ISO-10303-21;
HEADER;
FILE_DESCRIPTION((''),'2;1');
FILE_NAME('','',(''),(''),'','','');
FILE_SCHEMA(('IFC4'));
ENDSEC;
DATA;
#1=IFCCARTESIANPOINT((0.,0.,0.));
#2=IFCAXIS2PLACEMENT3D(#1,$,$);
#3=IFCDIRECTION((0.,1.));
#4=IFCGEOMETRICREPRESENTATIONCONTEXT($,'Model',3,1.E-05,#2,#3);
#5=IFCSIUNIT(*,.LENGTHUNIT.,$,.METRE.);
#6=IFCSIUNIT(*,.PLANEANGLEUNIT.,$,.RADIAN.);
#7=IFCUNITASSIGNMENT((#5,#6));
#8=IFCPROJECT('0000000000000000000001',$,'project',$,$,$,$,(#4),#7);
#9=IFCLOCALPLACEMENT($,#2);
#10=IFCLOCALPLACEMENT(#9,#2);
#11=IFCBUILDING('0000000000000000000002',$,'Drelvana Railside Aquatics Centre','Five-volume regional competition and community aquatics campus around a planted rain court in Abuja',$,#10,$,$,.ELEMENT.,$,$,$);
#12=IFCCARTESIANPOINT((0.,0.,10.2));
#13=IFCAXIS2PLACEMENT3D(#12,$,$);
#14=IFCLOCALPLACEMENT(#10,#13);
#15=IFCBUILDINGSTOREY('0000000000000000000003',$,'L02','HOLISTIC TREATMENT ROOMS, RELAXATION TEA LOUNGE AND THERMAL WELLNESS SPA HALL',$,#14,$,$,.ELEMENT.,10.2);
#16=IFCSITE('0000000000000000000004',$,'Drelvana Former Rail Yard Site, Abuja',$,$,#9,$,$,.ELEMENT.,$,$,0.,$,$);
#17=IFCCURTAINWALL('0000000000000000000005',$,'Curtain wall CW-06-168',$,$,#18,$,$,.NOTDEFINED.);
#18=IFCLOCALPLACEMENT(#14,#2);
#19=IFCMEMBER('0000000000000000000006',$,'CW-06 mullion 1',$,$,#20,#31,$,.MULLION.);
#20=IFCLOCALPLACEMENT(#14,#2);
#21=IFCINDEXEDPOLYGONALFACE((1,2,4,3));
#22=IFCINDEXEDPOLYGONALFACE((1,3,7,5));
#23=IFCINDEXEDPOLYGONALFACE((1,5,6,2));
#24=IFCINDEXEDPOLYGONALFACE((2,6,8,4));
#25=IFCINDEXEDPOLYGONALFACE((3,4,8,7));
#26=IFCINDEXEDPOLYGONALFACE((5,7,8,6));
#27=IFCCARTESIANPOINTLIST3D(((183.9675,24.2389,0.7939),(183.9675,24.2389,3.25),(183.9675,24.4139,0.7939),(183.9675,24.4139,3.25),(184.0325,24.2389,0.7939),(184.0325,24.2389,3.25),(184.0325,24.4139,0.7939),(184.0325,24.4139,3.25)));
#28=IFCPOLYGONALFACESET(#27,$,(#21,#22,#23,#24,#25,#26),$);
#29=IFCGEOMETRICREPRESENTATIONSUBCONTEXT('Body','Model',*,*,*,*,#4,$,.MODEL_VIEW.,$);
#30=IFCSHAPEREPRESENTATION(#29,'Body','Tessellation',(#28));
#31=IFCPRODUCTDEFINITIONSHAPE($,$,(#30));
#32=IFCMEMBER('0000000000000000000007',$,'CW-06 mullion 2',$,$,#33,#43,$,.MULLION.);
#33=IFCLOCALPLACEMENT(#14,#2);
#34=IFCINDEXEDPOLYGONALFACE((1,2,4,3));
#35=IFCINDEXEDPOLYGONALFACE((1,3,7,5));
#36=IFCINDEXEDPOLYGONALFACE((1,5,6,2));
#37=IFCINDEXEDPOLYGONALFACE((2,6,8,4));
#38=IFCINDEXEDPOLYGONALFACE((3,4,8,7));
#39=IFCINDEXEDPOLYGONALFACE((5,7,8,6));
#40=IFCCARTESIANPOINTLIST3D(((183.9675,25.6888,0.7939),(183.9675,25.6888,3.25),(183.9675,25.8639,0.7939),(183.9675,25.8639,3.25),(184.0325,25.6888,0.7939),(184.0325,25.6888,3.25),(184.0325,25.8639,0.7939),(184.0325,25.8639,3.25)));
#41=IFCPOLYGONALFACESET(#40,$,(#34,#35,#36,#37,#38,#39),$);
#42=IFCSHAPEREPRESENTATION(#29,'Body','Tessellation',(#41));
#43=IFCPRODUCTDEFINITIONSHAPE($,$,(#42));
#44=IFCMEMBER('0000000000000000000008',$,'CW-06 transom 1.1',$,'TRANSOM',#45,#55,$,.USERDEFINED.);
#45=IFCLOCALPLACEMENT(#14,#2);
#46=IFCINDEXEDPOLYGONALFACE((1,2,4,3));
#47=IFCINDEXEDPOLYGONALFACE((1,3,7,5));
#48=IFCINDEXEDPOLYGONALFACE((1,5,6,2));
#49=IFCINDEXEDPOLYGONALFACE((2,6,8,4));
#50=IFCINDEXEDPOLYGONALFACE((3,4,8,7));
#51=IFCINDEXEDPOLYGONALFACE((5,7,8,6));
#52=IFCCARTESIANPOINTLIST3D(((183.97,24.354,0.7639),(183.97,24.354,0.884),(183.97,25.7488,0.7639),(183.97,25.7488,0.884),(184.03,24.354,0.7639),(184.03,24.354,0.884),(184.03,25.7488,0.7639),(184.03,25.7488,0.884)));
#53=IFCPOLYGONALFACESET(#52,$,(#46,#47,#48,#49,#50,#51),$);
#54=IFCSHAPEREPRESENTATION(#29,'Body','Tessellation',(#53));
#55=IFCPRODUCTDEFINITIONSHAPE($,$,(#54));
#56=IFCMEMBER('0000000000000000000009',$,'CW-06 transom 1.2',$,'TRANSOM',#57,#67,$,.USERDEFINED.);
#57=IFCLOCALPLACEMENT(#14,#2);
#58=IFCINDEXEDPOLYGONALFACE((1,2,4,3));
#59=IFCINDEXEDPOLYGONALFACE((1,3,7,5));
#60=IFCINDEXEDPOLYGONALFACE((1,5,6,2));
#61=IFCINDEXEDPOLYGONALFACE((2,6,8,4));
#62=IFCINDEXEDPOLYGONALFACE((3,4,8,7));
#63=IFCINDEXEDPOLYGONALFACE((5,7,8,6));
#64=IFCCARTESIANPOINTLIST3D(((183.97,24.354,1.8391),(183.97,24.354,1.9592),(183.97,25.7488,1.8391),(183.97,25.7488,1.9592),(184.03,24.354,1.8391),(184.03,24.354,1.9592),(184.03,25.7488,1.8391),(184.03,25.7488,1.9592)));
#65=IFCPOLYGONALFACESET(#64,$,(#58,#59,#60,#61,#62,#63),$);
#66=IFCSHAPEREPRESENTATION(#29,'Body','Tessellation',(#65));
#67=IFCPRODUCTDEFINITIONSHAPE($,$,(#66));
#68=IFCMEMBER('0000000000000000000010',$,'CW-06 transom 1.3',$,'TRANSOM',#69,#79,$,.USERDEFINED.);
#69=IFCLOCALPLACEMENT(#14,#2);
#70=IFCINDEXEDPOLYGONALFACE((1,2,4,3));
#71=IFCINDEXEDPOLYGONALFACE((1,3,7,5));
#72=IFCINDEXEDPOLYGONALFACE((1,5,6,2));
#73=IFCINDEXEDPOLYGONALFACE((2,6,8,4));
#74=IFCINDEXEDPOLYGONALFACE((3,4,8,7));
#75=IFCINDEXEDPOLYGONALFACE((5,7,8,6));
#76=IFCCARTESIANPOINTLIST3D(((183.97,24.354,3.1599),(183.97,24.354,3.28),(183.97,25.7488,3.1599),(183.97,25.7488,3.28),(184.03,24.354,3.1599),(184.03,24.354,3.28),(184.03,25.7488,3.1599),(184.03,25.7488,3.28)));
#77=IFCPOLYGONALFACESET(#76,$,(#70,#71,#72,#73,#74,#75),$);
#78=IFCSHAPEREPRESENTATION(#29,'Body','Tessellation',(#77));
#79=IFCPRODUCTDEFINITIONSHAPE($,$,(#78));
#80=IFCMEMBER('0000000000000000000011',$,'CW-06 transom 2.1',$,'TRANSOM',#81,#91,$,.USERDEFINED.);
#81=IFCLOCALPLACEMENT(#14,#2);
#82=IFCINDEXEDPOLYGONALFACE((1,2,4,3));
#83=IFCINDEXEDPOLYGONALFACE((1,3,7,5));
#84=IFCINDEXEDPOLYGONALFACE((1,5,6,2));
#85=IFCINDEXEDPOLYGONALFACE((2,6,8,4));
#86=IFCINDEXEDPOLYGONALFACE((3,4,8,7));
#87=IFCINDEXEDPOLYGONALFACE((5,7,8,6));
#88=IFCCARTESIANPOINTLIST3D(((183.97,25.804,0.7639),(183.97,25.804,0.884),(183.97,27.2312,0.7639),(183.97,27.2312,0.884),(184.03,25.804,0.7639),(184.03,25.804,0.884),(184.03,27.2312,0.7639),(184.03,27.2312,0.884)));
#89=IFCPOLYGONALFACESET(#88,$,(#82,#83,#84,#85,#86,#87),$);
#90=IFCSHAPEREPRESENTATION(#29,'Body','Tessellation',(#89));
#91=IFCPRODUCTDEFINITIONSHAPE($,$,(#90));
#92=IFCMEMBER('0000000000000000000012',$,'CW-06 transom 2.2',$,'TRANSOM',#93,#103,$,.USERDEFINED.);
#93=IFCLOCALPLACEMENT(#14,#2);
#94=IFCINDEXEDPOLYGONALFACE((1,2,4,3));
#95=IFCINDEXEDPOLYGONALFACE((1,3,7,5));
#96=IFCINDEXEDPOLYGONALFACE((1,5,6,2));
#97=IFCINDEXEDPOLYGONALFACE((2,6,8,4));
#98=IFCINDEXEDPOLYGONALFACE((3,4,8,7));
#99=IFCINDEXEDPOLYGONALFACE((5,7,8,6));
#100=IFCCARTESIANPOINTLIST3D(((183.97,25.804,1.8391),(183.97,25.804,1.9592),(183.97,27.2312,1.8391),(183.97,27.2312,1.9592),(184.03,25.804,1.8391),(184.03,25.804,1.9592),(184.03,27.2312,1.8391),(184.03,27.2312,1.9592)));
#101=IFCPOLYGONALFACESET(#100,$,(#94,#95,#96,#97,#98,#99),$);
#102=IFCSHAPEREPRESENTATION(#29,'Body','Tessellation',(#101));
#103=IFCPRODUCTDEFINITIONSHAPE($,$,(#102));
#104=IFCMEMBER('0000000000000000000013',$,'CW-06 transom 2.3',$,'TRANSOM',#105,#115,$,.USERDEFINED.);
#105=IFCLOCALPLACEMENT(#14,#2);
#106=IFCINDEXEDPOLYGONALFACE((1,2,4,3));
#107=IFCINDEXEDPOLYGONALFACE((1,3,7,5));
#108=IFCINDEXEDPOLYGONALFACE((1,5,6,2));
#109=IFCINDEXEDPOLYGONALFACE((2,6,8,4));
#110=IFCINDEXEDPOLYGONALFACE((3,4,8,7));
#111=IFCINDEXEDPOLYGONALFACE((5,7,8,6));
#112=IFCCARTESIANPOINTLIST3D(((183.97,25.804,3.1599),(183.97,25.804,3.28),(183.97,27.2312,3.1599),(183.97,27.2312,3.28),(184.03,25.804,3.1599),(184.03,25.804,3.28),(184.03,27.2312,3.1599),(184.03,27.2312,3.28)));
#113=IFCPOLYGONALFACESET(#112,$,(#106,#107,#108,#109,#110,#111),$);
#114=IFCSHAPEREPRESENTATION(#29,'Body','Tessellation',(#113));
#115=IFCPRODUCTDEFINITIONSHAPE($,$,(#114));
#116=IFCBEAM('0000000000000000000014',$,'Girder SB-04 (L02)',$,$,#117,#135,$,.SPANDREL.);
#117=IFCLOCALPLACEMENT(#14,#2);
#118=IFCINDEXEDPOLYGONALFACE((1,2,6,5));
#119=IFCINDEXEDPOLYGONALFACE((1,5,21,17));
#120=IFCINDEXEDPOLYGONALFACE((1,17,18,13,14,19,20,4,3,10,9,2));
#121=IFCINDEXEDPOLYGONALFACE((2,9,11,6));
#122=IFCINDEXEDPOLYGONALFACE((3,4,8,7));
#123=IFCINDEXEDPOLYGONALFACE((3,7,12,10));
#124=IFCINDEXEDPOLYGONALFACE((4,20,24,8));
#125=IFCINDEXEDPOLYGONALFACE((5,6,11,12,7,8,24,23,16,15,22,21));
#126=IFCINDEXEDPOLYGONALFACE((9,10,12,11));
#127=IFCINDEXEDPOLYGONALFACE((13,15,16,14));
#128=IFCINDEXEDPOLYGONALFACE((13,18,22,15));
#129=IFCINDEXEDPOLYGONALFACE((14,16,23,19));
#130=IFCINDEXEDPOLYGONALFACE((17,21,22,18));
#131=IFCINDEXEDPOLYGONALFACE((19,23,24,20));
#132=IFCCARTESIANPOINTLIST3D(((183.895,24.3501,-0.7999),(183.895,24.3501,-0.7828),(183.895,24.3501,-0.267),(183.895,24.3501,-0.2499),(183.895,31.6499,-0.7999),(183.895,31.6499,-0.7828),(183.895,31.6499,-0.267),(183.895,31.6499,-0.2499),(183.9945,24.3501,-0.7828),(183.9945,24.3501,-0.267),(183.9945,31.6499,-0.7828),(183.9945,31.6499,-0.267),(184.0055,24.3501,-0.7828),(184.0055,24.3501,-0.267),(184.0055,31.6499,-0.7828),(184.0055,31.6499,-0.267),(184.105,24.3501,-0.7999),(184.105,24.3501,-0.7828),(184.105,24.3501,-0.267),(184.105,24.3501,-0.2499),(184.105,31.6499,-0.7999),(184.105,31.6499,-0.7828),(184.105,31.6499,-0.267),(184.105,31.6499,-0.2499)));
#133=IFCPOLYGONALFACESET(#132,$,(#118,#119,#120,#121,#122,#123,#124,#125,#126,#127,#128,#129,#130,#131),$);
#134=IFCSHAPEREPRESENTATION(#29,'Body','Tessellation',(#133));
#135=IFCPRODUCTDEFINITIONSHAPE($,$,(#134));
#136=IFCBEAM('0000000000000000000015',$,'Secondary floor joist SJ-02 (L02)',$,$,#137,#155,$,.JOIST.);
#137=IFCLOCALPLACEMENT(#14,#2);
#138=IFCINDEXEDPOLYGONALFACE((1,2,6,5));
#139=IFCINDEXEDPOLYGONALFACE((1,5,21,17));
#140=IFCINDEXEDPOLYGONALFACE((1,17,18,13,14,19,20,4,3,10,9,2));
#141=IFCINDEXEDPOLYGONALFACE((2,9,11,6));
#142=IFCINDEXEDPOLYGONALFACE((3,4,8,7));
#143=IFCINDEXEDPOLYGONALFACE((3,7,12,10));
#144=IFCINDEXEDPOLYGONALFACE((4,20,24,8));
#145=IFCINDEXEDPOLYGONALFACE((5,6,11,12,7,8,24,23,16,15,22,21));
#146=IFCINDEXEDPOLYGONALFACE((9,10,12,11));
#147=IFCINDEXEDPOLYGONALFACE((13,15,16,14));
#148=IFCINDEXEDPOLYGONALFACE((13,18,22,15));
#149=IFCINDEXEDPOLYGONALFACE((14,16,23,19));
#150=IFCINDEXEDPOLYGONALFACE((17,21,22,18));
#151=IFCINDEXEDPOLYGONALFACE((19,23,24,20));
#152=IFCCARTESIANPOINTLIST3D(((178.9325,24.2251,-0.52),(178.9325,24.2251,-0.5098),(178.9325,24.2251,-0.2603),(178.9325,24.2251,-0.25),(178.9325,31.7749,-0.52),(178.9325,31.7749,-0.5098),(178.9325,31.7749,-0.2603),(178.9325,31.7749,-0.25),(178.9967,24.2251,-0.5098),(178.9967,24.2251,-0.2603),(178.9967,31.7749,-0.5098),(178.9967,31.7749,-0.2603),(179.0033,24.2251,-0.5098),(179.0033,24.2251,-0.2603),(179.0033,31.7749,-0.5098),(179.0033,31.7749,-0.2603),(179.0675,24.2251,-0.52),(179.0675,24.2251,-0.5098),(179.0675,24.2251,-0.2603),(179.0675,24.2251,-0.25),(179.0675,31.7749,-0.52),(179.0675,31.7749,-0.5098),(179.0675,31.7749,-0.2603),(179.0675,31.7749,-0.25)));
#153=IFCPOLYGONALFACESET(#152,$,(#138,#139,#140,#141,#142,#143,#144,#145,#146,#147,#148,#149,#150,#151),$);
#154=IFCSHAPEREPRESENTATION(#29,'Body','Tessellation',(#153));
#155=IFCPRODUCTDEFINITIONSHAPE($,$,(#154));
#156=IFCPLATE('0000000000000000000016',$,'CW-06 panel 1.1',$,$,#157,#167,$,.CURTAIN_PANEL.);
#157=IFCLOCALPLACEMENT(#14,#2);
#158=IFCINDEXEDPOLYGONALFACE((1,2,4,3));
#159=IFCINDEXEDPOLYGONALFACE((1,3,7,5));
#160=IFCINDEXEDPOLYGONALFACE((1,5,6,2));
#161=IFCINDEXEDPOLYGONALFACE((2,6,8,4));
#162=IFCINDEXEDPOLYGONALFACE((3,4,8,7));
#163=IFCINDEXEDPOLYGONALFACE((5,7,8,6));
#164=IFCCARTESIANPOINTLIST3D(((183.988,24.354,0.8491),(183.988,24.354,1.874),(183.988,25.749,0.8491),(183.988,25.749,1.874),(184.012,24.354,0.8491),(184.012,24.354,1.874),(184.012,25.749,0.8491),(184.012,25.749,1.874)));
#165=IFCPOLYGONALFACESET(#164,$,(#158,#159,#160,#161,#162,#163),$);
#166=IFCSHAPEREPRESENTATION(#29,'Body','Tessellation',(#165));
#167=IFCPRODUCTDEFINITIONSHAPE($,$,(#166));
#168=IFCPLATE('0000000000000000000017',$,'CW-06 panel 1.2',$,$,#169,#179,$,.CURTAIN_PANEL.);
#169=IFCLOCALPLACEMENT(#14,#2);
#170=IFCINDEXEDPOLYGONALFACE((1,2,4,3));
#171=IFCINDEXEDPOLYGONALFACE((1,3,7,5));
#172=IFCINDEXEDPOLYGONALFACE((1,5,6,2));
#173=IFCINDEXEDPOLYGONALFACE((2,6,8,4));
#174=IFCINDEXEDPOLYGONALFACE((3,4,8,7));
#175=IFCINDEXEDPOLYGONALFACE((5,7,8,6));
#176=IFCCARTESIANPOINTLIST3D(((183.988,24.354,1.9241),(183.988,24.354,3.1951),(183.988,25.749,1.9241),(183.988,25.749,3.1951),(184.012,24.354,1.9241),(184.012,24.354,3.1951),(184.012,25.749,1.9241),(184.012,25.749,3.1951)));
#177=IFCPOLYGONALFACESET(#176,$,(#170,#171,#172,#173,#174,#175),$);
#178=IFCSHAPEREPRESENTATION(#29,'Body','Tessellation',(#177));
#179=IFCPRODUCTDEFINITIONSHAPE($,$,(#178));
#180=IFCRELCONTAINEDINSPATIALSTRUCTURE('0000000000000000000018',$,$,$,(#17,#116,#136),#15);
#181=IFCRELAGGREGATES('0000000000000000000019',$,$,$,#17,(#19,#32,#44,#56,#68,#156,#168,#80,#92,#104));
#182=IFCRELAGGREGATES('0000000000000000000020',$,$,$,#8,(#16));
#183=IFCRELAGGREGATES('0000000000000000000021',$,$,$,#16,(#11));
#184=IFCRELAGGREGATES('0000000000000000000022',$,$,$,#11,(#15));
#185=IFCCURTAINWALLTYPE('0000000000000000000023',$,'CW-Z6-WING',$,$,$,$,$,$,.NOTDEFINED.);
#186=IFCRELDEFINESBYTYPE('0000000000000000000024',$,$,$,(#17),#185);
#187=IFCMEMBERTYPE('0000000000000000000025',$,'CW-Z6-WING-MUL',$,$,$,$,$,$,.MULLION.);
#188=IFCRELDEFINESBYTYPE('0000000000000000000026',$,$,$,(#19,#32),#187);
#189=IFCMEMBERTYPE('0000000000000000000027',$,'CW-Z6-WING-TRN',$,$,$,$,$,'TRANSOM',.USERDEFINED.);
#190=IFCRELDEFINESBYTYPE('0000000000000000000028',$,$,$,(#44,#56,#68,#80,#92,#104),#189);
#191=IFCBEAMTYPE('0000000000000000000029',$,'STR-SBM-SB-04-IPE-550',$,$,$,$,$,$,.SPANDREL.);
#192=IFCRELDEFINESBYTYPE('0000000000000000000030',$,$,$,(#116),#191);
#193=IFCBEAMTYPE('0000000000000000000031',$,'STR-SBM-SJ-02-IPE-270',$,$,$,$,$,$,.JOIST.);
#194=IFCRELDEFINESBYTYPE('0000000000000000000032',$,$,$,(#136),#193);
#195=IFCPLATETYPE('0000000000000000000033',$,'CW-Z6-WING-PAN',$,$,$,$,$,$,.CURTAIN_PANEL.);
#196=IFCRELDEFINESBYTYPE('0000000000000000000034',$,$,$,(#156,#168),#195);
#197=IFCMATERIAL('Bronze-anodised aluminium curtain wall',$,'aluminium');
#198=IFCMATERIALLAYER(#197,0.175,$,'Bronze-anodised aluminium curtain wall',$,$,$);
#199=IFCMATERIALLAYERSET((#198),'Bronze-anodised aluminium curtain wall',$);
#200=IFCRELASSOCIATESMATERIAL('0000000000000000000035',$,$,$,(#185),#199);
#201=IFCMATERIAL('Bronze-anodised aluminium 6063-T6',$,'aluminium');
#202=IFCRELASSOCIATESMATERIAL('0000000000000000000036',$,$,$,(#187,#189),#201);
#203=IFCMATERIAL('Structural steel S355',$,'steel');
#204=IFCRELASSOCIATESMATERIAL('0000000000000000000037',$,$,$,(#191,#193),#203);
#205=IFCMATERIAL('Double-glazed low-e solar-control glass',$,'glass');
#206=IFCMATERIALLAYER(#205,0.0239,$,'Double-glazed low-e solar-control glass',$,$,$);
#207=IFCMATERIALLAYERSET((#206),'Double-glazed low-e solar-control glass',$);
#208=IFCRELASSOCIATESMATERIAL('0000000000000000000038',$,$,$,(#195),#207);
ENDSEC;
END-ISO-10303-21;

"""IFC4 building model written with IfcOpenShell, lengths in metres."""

from ifc_helpers import new_model, si_unit, direction, frame, origin, origin_2d, place, context, subcontext, project, spatial, rectangle, i_section, extrude, material, layer, layer_set, material_profile, profile_set, type_object, element, aggregate, save


model = new_model("IFC4")

# Units and contexts
model_context = context("Model", 3, precision=1e-05, world=origin(), true_north=direction((0.0, 1.0)))
body_context = subcontext(model_context, "Body", "Model", "MODEL_VIEW")
ifc_project = project(units=[si_unit("LENGTHUNIT", "METRE"), si_unit("PLANEANGLEUNIT", "RADIAN")], contexts=[model_context])

# Site, building, storey
site_placement = place(None, origin())
site = spatial("IfcSite", under=ifc_project, at=site_placement, Name="Drelvana Former Rail Yard Site, Abuja", CompositionType="ELEMENT", RefElevation=0.0)
building_placement = place(site_placement, origin())
building = spatial("IfcBuilding", under=site, at=building_placement, Name="Drelvana Railside Aquatics Centre", Description="Five-volume regional competition and community aquatics campus around a planted rain court in Abuja", CompositionType="ELEMENT")
storey_placement = place(building_placement, frame((0.0, 0.0, 10.2)))
storey = spatial("IfcBuildingStorey", under=building, at=storey_placement, Name="L02", Description="HOLISTIC TREATMENT ROOMS, RELAXATION TEA LOUNGE AND THERMAL WELLNESS SPA HALL", CompositionType="ELEMENT", Elevation=10.2)

# Curtain wall, members
ifc_material_1 = material(Name="Bronze-anodised aluminium curtain wall", Category="aluminium")
ifc_layer_1 = layer(ifc_material_1, 0.175, Name="Bronze-anodised aluminium curtain wall")
ifc_layer_set_1 = layer_set([ifc_layer_1], Name="Bronze-anodised aluminium curtain wall")
curtain_wall_type = type_object("IfcCurtainWallType", Name="CW-Z6-WING", PredefinedType="NOTDEFINED", material=ifc_layer_set_1)
curtain_wall_placement = place(storey_placement, origin())
curtain_wall = element("IfcCurtainWall", 1, at=curtain_wall_placement, inside=storey, type_object=curtain_wall_type, Name="Curtain wall CW-06-168", PredefinedType="NOTDEFINED")
ifc_material_2 = material(Name="Bronze-anodised aluminium 6063-T6", Category="aluminium")
ifc_material_profile_1 = material_profile(ifc_material_2, rectangle(XDim=0.0649, YDim=0.175, at=origin_2d()), Name="ALU-M 65x175")
ifc_profile_set_1 = profile_set([ifc_material_profile_1], Name="Bronze-anodised aluminium 6063-T6")
member_type_1 = type_object("IfcMemberType", Name="CW-Z6-WING-MUL", PredefinedType="MULLION", material=ifc_profile_set_1)
member_1_placement = place(storey_placement, frame((184.0, 24.3264, 0.7939), z_axis=(0.0, 0.0, 1.0), x_axis=(-1.0, 0.0, 0.0)))
member_1 = element("IfcMember", 2, at=member_1_placement, type_object=member_type_1, Name="CW-06 mullion 1", PredefinedType="MULLION", context=body_context, shape_type="SweptSolid", body=[
    extrude(rectangle(XDim=0.0649, YDim=0.175, at=origin_2d()), origin(), (0.0, 0.0, 1.0), 2.4561),
])
member_2_placement = place(storey_placement, frame((184.0, 25.7764, 0.7939), z_axis=(0.0, 0.0, 1.0), x_axis=(-1.0, 0.0, 0.0)))
member_2 = element("IfcMember", 3, at=member_2_placement, type_object=member_type_1, Name="CW-06 mullion 2", PredefinedType="MULLION", context=body_context, shape_type="SweptSolid", body=[
    extrude(rectangle(XDim=0.0649, YDim=0.175, at=origin_2d()), origin(), (0.0, 0.0, 1.0), 2.4561),
])
ifc_material_profile_2 = material_profile(ifc_material_2, rectangle(XDim=0.1201, YDim=0.0601, at=origin_2d()), Name="ALU-T 60x120")
ifc_profile_set_2 = profile_set([ifc_material_profile_2], Name="Bronze-anodised aluminium 6063-T6")
member_type_2 = type_object("IfcMemberType", Name="CW-Z6-WING-TRN", ElementType="TRANSOM", PredefinedType="USERDEFINED", material=ifc_profile_set_2)
member_3_placement = place(storey_placement, frame((184.0, 24.354, 0.824), z_axis=(0.0, 1.0, 0.0), x_axis=(0.0, 0.0, 1.0)))
member_3 = element("IfcMember", 4, at=member_3_placement, type_object=member_type_2, Name="CW-06 transom 1.1", ObjectType="TRANSOM", PredefinedType="USERDEFINED", context=body_context, shape_type="SweptSolid", body=[
    extrude(rectangle(XDim=0.1201, YDim=0.0601, at=origin_2d()), origin(), (0.0, 0.0, 1.0), 1.3948),
])
member_4_placement = place(storey_placement, frame((184.0, 24.354, 1.8992), z_axis=(0.0, 1.0, 0.0), x_axis=(0.0, 0.0, 1.0)))
member_4 = element("IfcMember", 5, at=member_4_placement, type_object=member_type_2, Name="CW-06 transom 1.2", ObjectType="TRANSOM", PredefinedType="USERDEFINED", context=body_context, shape_type="SweptSolid", body=[
    extrude(rectangle(XDim=0.1201, YDim=0.0601, at=origin_2d()), origin(), (0.0, 0.0, 1.0), 1.3948),
])
member_5_placement = place(storey_placement, frame((184.0, 24.354, 3.22), z_axis=(0.0, 1.0, 0.0), x_axis=(0.0, 0.0, 1.0)))
member_5 = element("IfcMember", 6, at=member_5_placement, type_object=member_type_2, Name="CW-06 transom 1.3", ObjectType="TRANSOM", PredefinedType="USERDEFINED", context=body_context, shape_type="SweptSolid", body=[
    extrude(rectangle(XDim=0.1201, YDim=0.0601, at=origin_2d()), origin(), (0.0, 0.0, 1.0), 1.3948),
])
member_6_placement = place(storey_placement, frame((184.0, 25.804, 0.824), z_axis=(0.0, 1.0, 0.0), x_axis=(0.0, 0.0, 1.0)))
member_6 = element("IfcMember", 7, at=member_6_placement, type_object=member_type_2, Name="CW-06 transom 2.1", ObjectType="TRANSOM", PredefinedType="USERDEFINED", context=body_context, shape_type="SweptSolid", body=[
    extrude(rectangle(XDim=0.1201, YDim=0.0601, at=origin_2d()), origin(), (0.0, 0.0, 1.0), 1.4272),
])
member_7_placement = place(storey_placement, frame((184.0, 25.804, 1.8992), z_axis=(0.0, 1.0, 0.0), x_axis=(0.0, 0.0, 1.0)))
member_7 = element("IfcMember", 8, at=member_7_placement, type_object=member_type_2, Name="CW-06 transom 2.2", ObjectType="TRANSOM", PredefinedType="USERDEFINED", context=body_context, shape_type="SweptSolid", body=[
    extrude(rectangle(XDim=0.1201, YDim=0.0601, at=origin_2d()), origin(), (0.0, 0.0, 1.0), 1.4272),
])
member_8_placement = place(storey_placement, frame((184.0, 25.804, 3.22), z_axis=(0.0, 1.0, 0.0), x_axis=(0.0, 0.0, 1.0)))
member_8 = element("IfcMember", 9, at=member_8_placement, type_object=member_type_2, Name="CW-06 transom 2.3", ObjectType="TRANSOM", PredefinedType="USERDEFINED", context=body_context, shape_type="SweptSolid", body=[
    extrude(rectangle(XDim=0.1201, YDim=0.0601, at=origin_2d()), origin(), (0.0, 0.0, 1.0), 1.4272),
])

# Beams
ifc_material_3 = material(Name="Structural steel S355", Category="steel")
ifc_material_profile_3 = material_profile(ifc_material_3, i_section(OverallWidth=0.21, OverallDepth=0.55, WebThickness=0.011, FlangeThickness=0.0171, at=origin_2d()), Name="IPE 550")
ifc_profile_set_3 = profile_set([ifc_material_profile_3], Name="Structural steel S355")
beam_type_1 = type_object("IfcBeamType", Name="STR-SBM-SB-04-IPE-550", PredefinedType="SPANDREL", material=ifc_profile_set_3)
beam_1_placement = place(storey_placement, frame((184.0, 24.3501, -0.5249), z_axis=(0.0, 1.0, 0.0), x_axis=(-1.0, 0.0, 0.0)))
element("IfcBeam", 10, at=beam_1_placement, inside=storey, type_object=beam_type_1, Name="Girder SB-04 (L02)", PredefinedType="SPANDREL", context=body_context, shape_type="SweptSolid", body=[
    extrude(i_section(OverallWidth=0.21, OverallDepth=0.55, WebThickness=0.011, FlangeThickness=0.0171, at=origin_2d()), origin(), (0.0, 0.0, 1.0), 7.2998),
])
ifc_material_profile_4 = material_profile(ifc_material_3, i_section(OverallWidth=0.135, OverallDepth=0.27, WebThickness=0.0066, FlangeThickness=0.0103, at=origin_2d()), Name="IPE 270")
ifc_profile_set_4 = profile_set([ifc_material_profile_4], Name="Structural steel S355")
beam_type_2 = type_object("IfcBeamType", Name="STR-SBM-SJ-02-IPE-270", PredefinedType="JOIST", material=ifc_profile_set_4)
beam_2_placement = place(storey_placement, frame((179.0, 24.2251, -0.385), z_axis=(0.0, 1.0, 0.0), x_axis=(-1.0, 0.0, 0.0)))
element("IfcBeam", 11, at=beam_2_placement, inside=storey, type_object=beam_type_2, Name="Secondary floor joist SJ-02 (L02)", PredefinedType="JOIST", context=body_context, shape_type="SweptSolid", body=[
    extrude(i_section(OverallWidth=0.135, OverallDepth=0.27, WebThickness=0.0066, FlangeThickness=0.0103, at=origin_2d()), origin(), (0.0, 0.0, 1.0), 7.5498),
])

# Plates
ifc_material_4 = material(Name="Double-glazed low-e solar-control glass", Category="glass")
ifc_layer_2 = layer(ifc_material_4, 0.0239, Name="Double-glazed low-e solar-control glass")
ifc_layer_set_2 = layer_set([ifc_layer_2], Name="Double-glazed low-e solar-control glass")
plate_type = type_object("IfcPlateType", Name="CW-Z6-WING-PAN", PredefinedType="CURTAIN_PANEL", material=ifc_layer_set_2)
plate_1_placement = place(storey_placement, frame((184.0, 25.0515, 0.8491), z_axis=(0.0, 0.0, 1.0), x_axis=(0.0, 1.0, 0.0)))
plate_1 = element("IfcPlate", 12, at=plate_1_placement, type_object=plate_type, Name="CW-06 panel 1.1", PredefinedType="CURTAIN_PANEL", context=body_context, shape_type="SweptSolid", body=[
    extrude(rectangle(XDim=1.395, YDim=0.0239, at=origin_2d()), origin(), (0.0, 0.0, 1.0), 1.0249),
])
plate_2_placement = place(storey_placement, frame((184.0, 25.0515, 1.9241), z_axis=(0.0, 0.0, 1.0), x_axis=(0.0, 1.0, 0.0)))
plate_2 = element("IfcPlate", 13, at=plate_2_placement, type_object=plate_type, Name="CW-06 panel 1.2", PredefinedType="CURTAIN_PANEL", context=body_context, shape_type="SweptSolid", body=[
    extrude(rectangle(XDim=1.395, YDim=0.0239, at=origin_2d()), origin(), (0.0, 0.0, 1.0), 1.271),
])
aggregate(curtain_wall, [member_1, member_2, member_3, member_4, member_5, plate_1, plate_2, member_6, member_7, member_8])

save(model, "model.ifc")
